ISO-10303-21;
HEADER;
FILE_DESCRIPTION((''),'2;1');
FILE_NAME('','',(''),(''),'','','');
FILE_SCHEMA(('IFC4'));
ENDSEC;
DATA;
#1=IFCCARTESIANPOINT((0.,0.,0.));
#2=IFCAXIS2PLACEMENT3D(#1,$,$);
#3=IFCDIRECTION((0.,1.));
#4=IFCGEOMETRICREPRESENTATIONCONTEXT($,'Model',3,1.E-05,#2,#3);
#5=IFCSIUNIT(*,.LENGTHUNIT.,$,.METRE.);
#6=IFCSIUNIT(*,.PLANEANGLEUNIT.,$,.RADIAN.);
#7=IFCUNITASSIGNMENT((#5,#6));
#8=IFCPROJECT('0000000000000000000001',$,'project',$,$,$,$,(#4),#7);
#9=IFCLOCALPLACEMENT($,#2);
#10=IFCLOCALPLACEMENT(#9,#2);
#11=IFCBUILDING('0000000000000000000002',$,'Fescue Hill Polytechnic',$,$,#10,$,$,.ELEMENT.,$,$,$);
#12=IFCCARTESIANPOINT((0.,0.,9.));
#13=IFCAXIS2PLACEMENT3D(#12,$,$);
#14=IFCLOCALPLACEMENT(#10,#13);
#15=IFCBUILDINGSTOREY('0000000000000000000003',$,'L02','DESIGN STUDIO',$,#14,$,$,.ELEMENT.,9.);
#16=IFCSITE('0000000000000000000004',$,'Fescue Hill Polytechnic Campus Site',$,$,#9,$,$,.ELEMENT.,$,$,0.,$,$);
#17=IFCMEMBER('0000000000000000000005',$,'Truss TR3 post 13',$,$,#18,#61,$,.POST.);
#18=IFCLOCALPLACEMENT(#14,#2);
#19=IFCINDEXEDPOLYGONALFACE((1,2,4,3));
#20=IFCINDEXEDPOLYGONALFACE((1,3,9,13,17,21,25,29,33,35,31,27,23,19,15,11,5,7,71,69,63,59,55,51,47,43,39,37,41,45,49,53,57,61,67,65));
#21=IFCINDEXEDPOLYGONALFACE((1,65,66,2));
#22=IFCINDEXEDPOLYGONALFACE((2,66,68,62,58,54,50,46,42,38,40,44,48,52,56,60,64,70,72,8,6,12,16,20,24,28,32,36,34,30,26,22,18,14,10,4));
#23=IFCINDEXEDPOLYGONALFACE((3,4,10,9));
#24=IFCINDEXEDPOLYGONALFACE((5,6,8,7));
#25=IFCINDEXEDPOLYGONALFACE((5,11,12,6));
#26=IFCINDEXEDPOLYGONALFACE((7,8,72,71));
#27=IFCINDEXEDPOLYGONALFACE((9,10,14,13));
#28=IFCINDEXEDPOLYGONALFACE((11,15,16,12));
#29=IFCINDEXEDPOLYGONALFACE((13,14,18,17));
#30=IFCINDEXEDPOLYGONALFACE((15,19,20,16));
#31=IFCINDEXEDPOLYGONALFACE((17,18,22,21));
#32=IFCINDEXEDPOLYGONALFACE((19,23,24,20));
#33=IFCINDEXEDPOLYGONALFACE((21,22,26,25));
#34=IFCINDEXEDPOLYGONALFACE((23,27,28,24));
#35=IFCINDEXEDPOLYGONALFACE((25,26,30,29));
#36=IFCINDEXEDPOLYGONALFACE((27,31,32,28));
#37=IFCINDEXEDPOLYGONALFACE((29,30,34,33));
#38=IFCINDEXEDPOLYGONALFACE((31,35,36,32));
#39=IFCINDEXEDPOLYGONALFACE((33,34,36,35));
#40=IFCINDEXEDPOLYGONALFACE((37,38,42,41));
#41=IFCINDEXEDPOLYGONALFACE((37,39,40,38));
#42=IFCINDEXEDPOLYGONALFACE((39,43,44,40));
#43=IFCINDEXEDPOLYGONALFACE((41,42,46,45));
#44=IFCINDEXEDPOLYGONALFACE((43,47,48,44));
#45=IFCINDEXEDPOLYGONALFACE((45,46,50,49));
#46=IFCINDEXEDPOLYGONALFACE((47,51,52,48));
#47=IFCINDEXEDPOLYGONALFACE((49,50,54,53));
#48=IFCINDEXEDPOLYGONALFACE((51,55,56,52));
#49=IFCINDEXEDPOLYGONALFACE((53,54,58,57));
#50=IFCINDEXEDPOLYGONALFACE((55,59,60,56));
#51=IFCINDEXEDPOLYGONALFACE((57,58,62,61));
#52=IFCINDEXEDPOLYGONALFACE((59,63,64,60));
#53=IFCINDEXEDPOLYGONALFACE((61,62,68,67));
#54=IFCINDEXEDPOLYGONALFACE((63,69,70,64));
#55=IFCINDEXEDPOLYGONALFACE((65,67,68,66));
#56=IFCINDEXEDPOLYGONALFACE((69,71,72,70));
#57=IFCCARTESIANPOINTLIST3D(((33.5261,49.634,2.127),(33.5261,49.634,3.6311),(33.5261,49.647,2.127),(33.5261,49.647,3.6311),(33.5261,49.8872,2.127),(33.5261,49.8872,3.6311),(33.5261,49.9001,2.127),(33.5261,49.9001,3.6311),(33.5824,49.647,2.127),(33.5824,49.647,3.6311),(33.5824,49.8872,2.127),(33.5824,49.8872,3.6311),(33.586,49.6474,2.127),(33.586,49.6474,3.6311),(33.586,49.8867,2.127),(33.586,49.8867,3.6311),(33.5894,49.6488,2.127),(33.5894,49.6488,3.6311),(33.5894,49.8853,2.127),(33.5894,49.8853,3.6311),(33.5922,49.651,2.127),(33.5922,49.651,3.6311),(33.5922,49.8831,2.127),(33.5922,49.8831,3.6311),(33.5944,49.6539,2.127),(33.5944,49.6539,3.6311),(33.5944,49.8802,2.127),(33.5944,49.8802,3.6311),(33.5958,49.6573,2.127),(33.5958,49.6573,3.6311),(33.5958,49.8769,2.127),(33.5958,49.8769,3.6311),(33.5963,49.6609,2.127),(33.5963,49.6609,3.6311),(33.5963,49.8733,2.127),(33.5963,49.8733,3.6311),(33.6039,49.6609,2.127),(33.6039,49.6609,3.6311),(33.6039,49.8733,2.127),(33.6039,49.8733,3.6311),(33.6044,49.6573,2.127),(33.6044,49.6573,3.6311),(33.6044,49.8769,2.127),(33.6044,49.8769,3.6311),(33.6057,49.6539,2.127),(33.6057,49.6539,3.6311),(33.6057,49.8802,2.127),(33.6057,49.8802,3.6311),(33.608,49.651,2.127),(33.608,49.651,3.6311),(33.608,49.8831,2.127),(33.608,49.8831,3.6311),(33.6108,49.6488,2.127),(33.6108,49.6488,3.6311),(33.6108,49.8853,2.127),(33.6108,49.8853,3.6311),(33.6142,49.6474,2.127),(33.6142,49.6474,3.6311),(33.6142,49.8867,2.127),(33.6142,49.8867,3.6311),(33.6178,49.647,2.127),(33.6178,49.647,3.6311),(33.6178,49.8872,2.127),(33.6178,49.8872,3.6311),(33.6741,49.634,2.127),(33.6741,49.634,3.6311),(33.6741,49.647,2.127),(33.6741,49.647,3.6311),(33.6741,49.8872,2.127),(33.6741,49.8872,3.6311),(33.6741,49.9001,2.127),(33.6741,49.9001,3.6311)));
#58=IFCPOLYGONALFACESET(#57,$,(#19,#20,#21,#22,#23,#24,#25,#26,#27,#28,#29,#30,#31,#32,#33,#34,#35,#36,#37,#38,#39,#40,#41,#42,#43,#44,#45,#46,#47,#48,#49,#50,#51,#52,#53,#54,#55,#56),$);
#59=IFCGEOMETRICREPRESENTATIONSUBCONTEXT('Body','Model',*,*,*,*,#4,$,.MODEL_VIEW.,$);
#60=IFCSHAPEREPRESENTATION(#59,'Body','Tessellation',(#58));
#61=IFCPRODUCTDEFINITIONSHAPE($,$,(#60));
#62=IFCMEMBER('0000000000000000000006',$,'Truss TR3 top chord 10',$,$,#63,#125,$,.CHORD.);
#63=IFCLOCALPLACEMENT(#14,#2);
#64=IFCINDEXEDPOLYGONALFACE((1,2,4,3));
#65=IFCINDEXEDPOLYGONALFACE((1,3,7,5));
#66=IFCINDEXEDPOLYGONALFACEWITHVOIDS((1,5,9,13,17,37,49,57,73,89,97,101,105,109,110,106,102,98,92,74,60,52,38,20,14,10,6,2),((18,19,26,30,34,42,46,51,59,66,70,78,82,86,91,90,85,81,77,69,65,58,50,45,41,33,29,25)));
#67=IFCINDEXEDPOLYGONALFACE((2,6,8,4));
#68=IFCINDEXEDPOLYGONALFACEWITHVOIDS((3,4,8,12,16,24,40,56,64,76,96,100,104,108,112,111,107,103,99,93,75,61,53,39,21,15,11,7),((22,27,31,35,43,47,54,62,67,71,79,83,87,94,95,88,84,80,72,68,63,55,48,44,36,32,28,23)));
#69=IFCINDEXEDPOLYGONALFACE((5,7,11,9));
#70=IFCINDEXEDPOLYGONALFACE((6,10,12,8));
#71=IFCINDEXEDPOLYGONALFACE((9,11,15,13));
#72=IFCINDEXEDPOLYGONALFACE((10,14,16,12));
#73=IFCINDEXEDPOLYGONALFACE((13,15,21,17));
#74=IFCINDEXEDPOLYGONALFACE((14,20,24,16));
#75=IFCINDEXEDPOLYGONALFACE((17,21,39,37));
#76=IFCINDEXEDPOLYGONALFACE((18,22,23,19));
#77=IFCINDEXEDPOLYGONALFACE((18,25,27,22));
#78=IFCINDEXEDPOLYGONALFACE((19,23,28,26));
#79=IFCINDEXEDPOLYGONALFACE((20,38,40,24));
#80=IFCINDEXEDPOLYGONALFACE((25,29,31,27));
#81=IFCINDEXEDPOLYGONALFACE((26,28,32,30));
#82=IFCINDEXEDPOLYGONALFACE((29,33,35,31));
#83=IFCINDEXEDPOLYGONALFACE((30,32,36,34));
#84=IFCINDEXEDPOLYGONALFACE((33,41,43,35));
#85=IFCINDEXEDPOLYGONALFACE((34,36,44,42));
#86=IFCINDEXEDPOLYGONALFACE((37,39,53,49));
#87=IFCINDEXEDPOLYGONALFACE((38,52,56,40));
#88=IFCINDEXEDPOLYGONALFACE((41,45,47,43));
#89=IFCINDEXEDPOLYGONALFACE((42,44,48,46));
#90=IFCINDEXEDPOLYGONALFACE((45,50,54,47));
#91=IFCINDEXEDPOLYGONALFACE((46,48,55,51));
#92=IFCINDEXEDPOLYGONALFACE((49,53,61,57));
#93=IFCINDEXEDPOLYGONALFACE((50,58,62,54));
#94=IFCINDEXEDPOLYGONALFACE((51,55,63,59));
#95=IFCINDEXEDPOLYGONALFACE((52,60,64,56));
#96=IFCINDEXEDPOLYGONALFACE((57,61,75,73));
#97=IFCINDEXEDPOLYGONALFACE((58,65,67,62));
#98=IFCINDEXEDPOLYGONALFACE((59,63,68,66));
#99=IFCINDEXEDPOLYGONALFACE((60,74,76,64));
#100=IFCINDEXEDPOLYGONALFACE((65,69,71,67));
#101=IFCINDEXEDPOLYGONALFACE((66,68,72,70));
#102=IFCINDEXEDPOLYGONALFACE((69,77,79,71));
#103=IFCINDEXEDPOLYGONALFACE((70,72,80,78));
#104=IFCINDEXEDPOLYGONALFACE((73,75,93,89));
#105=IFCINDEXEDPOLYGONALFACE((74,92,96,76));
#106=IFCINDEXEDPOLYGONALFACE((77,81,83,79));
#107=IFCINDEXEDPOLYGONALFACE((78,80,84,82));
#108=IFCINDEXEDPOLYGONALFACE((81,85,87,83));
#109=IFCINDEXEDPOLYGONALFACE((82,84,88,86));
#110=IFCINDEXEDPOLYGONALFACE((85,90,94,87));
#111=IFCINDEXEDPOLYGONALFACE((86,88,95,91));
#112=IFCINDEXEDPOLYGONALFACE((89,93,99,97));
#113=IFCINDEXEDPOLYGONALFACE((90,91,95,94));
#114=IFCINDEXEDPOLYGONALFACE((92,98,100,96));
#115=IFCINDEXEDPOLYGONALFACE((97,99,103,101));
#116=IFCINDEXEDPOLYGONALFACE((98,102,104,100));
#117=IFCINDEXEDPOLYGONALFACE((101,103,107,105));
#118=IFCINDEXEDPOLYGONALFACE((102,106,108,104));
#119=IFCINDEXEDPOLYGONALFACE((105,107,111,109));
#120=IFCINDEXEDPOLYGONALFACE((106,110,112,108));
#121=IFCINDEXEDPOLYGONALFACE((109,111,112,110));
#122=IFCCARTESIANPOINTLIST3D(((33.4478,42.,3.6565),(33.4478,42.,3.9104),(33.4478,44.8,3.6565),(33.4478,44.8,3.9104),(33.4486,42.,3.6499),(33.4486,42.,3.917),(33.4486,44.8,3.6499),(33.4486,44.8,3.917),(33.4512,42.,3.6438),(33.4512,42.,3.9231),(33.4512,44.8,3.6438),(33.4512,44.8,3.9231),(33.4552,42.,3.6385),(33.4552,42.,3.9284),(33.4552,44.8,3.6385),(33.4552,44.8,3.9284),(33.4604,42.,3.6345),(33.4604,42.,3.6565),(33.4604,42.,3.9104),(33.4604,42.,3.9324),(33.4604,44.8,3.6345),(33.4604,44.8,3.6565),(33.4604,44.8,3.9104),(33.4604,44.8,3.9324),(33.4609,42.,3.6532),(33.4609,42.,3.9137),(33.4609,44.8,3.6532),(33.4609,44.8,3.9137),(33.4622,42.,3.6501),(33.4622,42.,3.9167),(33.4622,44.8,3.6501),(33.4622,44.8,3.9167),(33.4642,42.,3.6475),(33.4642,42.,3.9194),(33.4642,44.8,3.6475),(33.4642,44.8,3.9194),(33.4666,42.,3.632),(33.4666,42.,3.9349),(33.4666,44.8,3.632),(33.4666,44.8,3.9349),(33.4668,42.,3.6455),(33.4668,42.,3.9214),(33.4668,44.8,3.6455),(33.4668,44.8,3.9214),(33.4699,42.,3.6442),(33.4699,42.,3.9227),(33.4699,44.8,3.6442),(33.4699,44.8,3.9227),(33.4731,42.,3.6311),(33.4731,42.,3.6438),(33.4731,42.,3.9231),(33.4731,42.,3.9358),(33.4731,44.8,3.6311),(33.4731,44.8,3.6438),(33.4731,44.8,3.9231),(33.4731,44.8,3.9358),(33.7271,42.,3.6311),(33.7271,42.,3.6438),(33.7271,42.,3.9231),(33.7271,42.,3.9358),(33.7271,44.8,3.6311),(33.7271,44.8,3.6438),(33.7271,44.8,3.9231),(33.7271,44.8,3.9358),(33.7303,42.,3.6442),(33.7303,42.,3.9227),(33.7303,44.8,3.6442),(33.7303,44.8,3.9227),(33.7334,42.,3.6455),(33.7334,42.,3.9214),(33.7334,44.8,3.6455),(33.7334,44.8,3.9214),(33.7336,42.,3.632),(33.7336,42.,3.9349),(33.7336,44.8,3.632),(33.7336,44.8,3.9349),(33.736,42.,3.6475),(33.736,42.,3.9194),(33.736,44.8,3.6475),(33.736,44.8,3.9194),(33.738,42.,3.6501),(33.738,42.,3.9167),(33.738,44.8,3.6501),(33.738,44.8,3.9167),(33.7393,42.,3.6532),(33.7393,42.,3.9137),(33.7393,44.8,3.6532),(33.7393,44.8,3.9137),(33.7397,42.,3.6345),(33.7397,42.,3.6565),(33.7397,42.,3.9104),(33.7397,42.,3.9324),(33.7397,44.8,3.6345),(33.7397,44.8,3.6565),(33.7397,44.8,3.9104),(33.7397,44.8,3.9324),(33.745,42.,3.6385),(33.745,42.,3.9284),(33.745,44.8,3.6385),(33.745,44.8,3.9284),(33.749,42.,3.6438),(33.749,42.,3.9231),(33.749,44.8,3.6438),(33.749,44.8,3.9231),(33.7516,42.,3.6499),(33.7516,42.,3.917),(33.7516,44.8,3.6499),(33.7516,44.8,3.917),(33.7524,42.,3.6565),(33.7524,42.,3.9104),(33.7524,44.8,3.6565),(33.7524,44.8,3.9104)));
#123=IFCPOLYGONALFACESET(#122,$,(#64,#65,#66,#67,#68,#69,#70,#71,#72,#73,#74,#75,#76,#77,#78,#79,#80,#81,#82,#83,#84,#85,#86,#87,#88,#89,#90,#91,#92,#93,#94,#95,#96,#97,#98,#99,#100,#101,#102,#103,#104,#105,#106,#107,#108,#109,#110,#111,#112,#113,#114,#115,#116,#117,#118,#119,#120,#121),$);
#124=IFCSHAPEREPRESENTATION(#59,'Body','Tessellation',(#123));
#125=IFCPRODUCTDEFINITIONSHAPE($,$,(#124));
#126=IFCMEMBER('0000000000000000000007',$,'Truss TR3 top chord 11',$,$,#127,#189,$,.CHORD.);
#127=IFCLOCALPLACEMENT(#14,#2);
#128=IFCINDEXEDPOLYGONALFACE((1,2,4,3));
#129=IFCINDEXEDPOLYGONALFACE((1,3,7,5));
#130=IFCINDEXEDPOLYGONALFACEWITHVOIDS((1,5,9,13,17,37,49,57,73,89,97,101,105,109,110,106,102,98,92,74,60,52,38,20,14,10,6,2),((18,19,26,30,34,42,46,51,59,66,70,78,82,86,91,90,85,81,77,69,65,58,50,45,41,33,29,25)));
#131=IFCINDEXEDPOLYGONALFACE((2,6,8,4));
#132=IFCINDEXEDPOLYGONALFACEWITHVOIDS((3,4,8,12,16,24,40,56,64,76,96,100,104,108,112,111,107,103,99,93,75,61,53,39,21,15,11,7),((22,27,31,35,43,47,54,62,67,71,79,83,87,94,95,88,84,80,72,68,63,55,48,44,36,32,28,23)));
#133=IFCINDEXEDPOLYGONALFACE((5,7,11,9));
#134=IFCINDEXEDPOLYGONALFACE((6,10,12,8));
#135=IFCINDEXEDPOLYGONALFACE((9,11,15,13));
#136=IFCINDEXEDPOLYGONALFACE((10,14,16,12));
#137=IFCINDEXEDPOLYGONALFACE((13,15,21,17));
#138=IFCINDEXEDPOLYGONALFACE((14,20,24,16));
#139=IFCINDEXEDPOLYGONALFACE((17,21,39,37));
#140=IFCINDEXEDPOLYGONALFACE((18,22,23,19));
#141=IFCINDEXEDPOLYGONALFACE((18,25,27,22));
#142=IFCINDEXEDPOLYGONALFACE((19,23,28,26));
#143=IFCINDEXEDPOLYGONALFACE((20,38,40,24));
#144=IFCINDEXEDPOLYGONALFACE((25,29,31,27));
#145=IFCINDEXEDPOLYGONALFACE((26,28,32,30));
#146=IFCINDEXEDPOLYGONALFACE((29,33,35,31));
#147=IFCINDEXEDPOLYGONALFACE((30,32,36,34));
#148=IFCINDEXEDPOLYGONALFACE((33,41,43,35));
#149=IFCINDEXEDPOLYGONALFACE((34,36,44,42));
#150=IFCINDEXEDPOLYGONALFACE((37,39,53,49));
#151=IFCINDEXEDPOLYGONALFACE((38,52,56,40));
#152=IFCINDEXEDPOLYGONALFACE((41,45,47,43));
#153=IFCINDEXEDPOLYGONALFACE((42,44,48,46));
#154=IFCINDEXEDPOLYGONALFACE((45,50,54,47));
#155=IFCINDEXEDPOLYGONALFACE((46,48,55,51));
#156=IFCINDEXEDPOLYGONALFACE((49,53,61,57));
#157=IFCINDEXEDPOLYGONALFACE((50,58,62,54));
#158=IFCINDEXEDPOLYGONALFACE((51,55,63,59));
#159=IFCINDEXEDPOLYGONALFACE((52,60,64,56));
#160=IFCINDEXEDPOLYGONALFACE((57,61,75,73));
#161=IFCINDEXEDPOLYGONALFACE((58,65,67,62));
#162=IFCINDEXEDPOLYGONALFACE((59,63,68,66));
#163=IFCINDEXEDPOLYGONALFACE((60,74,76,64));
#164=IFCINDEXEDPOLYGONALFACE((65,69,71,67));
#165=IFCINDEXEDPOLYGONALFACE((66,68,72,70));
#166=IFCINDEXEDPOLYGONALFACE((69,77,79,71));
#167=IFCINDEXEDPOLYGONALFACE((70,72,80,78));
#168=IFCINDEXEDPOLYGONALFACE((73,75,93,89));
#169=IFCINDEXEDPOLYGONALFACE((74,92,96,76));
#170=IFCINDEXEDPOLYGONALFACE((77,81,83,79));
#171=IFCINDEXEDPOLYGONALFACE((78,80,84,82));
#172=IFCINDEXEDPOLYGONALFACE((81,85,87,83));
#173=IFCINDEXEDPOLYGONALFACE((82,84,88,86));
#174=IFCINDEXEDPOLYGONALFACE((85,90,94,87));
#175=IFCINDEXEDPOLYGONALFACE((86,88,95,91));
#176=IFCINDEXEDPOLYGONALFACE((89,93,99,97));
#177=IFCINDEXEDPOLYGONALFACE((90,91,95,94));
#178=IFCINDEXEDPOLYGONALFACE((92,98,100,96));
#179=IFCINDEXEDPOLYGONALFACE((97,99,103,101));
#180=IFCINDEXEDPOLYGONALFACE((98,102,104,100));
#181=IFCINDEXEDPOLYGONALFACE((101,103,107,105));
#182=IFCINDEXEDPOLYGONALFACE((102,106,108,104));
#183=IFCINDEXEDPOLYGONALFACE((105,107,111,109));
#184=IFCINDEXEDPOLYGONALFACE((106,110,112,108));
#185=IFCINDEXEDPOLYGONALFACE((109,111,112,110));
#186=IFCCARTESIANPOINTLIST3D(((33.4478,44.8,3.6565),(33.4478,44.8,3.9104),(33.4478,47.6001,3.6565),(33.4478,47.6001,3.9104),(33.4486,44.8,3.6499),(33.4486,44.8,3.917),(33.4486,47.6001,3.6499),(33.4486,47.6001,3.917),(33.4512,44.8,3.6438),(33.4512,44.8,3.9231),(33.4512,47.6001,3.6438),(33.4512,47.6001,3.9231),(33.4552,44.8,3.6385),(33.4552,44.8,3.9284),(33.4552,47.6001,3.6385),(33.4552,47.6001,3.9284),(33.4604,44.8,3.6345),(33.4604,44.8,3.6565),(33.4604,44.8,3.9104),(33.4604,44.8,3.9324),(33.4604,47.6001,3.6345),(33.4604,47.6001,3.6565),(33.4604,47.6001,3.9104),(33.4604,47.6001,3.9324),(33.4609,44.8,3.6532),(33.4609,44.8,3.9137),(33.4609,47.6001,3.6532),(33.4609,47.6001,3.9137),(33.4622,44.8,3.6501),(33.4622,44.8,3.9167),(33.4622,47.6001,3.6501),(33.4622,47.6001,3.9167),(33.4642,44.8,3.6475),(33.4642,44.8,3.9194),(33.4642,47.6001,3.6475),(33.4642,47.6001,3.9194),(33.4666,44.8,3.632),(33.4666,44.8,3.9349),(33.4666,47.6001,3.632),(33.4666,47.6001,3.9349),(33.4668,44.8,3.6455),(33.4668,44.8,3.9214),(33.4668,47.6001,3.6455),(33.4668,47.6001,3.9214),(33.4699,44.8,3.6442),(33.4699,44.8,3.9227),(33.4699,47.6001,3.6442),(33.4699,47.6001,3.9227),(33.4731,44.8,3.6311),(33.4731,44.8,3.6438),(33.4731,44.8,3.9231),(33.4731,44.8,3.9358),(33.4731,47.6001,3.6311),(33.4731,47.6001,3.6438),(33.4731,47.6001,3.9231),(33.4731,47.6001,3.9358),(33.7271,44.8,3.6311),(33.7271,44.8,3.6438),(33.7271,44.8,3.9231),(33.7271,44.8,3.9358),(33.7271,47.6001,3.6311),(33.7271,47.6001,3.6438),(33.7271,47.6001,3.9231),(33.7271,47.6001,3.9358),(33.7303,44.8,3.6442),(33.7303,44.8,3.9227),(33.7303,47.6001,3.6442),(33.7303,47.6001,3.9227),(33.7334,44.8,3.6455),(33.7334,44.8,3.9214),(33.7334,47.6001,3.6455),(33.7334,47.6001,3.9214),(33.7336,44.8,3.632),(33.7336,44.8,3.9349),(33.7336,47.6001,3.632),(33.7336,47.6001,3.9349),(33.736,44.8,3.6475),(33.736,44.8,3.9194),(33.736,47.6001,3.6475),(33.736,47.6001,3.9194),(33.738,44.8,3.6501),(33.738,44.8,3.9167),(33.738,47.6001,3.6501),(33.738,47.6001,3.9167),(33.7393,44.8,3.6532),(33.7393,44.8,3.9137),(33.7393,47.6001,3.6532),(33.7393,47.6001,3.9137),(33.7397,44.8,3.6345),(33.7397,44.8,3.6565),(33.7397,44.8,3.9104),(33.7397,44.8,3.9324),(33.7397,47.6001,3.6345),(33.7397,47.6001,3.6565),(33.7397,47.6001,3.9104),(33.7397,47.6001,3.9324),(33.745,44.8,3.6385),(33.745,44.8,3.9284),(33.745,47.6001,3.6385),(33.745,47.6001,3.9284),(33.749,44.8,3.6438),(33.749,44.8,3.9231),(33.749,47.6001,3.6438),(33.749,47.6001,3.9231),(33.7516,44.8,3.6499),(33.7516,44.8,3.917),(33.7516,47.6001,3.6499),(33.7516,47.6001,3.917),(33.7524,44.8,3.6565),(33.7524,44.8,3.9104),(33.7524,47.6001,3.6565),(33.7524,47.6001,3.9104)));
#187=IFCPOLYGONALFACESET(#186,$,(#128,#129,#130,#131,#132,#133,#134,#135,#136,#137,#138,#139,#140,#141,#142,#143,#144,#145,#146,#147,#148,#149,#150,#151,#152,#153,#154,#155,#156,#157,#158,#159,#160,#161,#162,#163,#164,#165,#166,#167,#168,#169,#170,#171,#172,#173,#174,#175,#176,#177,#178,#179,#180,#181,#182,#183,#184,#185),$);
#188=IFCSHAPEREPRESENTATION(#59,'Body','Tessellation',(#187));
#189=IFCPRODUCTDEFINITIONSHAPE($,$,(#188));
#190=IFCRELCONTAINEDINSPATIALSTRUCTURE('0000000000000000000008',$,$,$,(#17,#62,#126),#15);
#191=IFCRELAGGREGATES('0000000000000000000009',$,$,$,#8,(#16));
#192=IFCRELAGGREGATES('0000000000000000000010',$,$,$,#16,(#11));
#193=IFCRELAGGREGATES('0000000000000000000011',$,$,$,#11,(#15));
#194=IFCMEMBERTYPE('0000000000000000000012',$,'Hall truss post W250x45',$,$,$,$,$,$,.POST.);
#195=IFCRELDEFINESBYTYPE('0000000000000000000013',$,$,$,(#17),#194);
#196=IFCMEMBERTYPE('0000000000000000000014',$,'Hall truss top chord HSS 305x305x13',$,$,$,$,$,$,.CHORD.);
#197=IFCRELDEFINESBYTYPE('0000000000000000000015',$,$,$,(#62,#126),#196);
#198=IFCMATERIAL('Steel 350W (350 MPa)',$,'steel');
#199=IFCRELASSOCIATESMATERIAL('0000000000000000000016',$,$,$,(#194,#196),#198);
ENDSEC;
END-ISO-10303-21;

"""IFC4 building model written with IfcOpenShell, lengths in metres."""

from ifc_helpers import new_model, si_unit, direction, frame, origin, origin_2d, place, context, subcontext, project, spatial, hollow_rectangle, i_section, extrude, material, material_profile, profile_set, type_object, element, save


model = new_model("IFC4")

# Units and contexts
model_context = context("Model", 3, precision=1e-05, world=origin(), true_north=direction((0.0, 1.0)))
body_context = subcontext(model_context, "Body", "Model", "MODEL_VIEW")
ifc_project = project(units=[si_unit("LENGTHUNIT", "METRE"), si_unit("PLANEANGLEUNIT", "RADIAN")], contexts=[model_context])

# Site, building, storey
site_placement = place(None, origin())
site = spatial("IfcSite", under=ifc_project, at=site_placement, Name="Fescue Hill Polytechnic Campus Site", CompositionType="ELEMENT", RefElevation=0.0)
building_placement = place(site_placement, origin())
building = spatial("IfcBuilding", under=site, at=building_placement, Name="Fescue Hill Polytechnic", CompositionType="ELEMENT")
storey_placement = place(building_placement, frame((0.0, 0.0, 9.0)))
storey = spatial("IfcBuildingStorey", under=building, at=storey_placement, Name="L02", Description="DESIGN STUDIO", CompositionType="ELEMENT", Elevation=9.0)

# Members
ifc_material = material(Name="Steel 350W (350 MPa)", Category="steel")
ifc_material_profile_1 = material_profile(ifc_material, i_section(OverallWidth=0.1479, OverallDepth=0.2661, WebThickness=0.0076, FlangeThickness=0.0129, FilletRadius=0.0139, at=origin_2d()), Name="W250x45")
ifc_profile_set_1 = profile_set([ifc_material_profile_1], Name="Steel 350W (350 MPa)")
member_type_1 = type_object("IfcMemberType", Name="Hall truss post W250x45", PredefinedType="POST", material=ifc_profile_set_1)
for number, where, z_axis, x_axis, name in (
    (1, (33.6001, 49.7671, 2.127), (0.0, 0.0, 1.0), (1.0, 0.0, 0.0), "Truss TR3 post 13"),
):
    element("IfcMember", number, at=place(storey_placement, frame(where, z_axis=z_axis, x_axis=x_axis)), inside=storey, type_object=member_type_1, Name=name, PredefinedType="POST", context=body_context, shape_type="SweptSolid", body=[
        extrude(i_section(OverallWidth=0.1479, OverallDepth=0.2661, WebThickness=0.0076, FlangeThickness=0.0129, FilletRadius=0.0139, at=origin_2d()), origin(), (0.0, 0.0, 1.0), 1.5042),
    ])
ifc_material_profile_2 = material_profile(ifc_material, hollow_rectangle(XDim=0.3047, YDim=0.3047, WallThickness=0.0127, InnerFilletRadius=0.0127, OuterFilletRadius=0.0254, at=origin_2d()), Name="Hall truss top chord HSS 305x305x13")
ifc_profile_set_2 = profile_set([ifc_material_profile_2], Name="Steel 350W (350 MPa)")
member_type_2 = type_object("IfcMemberType", Name="Hall truss top chord HSS 305x305x13", PredefinedType="CHORD", material=ifc_profile_set_2)
for number, where, z_axis, x_axis, name in (
    (2, (33.6001, 42.0, 3.7834), (0.0, 1.0, 0.0), (-1.0, 0.0, 0.0), "Truss TR3 top chord 10"),
    (3, (33.6001, 44.8, 3.7834), (0.0, 1.0, 0.0), (-1.0, 0.0, 0.0), "Truss TR3 top chord 11"),
):
    element("IfcMember", number, at=place(storey_placement, frame(where, z_axis=z_axis, x_axis=x_axis)), inside=storey, type_object=member_type_2, Name=name, PredefinedType="CHORD", context=body_context, shape_type="SweptSolid", body=[
        extrude(hollow_rectangle(XDim=0.3047, YDim=0.3047, WallThickness=0.0127, InnerFilletRadius=0.0127, OuterFilletRadius=0.0254, at=origin_2d()), origin(), (0.0, 0.0, 1.0), 2.8),
    ])

save(model, "model.ifc")
